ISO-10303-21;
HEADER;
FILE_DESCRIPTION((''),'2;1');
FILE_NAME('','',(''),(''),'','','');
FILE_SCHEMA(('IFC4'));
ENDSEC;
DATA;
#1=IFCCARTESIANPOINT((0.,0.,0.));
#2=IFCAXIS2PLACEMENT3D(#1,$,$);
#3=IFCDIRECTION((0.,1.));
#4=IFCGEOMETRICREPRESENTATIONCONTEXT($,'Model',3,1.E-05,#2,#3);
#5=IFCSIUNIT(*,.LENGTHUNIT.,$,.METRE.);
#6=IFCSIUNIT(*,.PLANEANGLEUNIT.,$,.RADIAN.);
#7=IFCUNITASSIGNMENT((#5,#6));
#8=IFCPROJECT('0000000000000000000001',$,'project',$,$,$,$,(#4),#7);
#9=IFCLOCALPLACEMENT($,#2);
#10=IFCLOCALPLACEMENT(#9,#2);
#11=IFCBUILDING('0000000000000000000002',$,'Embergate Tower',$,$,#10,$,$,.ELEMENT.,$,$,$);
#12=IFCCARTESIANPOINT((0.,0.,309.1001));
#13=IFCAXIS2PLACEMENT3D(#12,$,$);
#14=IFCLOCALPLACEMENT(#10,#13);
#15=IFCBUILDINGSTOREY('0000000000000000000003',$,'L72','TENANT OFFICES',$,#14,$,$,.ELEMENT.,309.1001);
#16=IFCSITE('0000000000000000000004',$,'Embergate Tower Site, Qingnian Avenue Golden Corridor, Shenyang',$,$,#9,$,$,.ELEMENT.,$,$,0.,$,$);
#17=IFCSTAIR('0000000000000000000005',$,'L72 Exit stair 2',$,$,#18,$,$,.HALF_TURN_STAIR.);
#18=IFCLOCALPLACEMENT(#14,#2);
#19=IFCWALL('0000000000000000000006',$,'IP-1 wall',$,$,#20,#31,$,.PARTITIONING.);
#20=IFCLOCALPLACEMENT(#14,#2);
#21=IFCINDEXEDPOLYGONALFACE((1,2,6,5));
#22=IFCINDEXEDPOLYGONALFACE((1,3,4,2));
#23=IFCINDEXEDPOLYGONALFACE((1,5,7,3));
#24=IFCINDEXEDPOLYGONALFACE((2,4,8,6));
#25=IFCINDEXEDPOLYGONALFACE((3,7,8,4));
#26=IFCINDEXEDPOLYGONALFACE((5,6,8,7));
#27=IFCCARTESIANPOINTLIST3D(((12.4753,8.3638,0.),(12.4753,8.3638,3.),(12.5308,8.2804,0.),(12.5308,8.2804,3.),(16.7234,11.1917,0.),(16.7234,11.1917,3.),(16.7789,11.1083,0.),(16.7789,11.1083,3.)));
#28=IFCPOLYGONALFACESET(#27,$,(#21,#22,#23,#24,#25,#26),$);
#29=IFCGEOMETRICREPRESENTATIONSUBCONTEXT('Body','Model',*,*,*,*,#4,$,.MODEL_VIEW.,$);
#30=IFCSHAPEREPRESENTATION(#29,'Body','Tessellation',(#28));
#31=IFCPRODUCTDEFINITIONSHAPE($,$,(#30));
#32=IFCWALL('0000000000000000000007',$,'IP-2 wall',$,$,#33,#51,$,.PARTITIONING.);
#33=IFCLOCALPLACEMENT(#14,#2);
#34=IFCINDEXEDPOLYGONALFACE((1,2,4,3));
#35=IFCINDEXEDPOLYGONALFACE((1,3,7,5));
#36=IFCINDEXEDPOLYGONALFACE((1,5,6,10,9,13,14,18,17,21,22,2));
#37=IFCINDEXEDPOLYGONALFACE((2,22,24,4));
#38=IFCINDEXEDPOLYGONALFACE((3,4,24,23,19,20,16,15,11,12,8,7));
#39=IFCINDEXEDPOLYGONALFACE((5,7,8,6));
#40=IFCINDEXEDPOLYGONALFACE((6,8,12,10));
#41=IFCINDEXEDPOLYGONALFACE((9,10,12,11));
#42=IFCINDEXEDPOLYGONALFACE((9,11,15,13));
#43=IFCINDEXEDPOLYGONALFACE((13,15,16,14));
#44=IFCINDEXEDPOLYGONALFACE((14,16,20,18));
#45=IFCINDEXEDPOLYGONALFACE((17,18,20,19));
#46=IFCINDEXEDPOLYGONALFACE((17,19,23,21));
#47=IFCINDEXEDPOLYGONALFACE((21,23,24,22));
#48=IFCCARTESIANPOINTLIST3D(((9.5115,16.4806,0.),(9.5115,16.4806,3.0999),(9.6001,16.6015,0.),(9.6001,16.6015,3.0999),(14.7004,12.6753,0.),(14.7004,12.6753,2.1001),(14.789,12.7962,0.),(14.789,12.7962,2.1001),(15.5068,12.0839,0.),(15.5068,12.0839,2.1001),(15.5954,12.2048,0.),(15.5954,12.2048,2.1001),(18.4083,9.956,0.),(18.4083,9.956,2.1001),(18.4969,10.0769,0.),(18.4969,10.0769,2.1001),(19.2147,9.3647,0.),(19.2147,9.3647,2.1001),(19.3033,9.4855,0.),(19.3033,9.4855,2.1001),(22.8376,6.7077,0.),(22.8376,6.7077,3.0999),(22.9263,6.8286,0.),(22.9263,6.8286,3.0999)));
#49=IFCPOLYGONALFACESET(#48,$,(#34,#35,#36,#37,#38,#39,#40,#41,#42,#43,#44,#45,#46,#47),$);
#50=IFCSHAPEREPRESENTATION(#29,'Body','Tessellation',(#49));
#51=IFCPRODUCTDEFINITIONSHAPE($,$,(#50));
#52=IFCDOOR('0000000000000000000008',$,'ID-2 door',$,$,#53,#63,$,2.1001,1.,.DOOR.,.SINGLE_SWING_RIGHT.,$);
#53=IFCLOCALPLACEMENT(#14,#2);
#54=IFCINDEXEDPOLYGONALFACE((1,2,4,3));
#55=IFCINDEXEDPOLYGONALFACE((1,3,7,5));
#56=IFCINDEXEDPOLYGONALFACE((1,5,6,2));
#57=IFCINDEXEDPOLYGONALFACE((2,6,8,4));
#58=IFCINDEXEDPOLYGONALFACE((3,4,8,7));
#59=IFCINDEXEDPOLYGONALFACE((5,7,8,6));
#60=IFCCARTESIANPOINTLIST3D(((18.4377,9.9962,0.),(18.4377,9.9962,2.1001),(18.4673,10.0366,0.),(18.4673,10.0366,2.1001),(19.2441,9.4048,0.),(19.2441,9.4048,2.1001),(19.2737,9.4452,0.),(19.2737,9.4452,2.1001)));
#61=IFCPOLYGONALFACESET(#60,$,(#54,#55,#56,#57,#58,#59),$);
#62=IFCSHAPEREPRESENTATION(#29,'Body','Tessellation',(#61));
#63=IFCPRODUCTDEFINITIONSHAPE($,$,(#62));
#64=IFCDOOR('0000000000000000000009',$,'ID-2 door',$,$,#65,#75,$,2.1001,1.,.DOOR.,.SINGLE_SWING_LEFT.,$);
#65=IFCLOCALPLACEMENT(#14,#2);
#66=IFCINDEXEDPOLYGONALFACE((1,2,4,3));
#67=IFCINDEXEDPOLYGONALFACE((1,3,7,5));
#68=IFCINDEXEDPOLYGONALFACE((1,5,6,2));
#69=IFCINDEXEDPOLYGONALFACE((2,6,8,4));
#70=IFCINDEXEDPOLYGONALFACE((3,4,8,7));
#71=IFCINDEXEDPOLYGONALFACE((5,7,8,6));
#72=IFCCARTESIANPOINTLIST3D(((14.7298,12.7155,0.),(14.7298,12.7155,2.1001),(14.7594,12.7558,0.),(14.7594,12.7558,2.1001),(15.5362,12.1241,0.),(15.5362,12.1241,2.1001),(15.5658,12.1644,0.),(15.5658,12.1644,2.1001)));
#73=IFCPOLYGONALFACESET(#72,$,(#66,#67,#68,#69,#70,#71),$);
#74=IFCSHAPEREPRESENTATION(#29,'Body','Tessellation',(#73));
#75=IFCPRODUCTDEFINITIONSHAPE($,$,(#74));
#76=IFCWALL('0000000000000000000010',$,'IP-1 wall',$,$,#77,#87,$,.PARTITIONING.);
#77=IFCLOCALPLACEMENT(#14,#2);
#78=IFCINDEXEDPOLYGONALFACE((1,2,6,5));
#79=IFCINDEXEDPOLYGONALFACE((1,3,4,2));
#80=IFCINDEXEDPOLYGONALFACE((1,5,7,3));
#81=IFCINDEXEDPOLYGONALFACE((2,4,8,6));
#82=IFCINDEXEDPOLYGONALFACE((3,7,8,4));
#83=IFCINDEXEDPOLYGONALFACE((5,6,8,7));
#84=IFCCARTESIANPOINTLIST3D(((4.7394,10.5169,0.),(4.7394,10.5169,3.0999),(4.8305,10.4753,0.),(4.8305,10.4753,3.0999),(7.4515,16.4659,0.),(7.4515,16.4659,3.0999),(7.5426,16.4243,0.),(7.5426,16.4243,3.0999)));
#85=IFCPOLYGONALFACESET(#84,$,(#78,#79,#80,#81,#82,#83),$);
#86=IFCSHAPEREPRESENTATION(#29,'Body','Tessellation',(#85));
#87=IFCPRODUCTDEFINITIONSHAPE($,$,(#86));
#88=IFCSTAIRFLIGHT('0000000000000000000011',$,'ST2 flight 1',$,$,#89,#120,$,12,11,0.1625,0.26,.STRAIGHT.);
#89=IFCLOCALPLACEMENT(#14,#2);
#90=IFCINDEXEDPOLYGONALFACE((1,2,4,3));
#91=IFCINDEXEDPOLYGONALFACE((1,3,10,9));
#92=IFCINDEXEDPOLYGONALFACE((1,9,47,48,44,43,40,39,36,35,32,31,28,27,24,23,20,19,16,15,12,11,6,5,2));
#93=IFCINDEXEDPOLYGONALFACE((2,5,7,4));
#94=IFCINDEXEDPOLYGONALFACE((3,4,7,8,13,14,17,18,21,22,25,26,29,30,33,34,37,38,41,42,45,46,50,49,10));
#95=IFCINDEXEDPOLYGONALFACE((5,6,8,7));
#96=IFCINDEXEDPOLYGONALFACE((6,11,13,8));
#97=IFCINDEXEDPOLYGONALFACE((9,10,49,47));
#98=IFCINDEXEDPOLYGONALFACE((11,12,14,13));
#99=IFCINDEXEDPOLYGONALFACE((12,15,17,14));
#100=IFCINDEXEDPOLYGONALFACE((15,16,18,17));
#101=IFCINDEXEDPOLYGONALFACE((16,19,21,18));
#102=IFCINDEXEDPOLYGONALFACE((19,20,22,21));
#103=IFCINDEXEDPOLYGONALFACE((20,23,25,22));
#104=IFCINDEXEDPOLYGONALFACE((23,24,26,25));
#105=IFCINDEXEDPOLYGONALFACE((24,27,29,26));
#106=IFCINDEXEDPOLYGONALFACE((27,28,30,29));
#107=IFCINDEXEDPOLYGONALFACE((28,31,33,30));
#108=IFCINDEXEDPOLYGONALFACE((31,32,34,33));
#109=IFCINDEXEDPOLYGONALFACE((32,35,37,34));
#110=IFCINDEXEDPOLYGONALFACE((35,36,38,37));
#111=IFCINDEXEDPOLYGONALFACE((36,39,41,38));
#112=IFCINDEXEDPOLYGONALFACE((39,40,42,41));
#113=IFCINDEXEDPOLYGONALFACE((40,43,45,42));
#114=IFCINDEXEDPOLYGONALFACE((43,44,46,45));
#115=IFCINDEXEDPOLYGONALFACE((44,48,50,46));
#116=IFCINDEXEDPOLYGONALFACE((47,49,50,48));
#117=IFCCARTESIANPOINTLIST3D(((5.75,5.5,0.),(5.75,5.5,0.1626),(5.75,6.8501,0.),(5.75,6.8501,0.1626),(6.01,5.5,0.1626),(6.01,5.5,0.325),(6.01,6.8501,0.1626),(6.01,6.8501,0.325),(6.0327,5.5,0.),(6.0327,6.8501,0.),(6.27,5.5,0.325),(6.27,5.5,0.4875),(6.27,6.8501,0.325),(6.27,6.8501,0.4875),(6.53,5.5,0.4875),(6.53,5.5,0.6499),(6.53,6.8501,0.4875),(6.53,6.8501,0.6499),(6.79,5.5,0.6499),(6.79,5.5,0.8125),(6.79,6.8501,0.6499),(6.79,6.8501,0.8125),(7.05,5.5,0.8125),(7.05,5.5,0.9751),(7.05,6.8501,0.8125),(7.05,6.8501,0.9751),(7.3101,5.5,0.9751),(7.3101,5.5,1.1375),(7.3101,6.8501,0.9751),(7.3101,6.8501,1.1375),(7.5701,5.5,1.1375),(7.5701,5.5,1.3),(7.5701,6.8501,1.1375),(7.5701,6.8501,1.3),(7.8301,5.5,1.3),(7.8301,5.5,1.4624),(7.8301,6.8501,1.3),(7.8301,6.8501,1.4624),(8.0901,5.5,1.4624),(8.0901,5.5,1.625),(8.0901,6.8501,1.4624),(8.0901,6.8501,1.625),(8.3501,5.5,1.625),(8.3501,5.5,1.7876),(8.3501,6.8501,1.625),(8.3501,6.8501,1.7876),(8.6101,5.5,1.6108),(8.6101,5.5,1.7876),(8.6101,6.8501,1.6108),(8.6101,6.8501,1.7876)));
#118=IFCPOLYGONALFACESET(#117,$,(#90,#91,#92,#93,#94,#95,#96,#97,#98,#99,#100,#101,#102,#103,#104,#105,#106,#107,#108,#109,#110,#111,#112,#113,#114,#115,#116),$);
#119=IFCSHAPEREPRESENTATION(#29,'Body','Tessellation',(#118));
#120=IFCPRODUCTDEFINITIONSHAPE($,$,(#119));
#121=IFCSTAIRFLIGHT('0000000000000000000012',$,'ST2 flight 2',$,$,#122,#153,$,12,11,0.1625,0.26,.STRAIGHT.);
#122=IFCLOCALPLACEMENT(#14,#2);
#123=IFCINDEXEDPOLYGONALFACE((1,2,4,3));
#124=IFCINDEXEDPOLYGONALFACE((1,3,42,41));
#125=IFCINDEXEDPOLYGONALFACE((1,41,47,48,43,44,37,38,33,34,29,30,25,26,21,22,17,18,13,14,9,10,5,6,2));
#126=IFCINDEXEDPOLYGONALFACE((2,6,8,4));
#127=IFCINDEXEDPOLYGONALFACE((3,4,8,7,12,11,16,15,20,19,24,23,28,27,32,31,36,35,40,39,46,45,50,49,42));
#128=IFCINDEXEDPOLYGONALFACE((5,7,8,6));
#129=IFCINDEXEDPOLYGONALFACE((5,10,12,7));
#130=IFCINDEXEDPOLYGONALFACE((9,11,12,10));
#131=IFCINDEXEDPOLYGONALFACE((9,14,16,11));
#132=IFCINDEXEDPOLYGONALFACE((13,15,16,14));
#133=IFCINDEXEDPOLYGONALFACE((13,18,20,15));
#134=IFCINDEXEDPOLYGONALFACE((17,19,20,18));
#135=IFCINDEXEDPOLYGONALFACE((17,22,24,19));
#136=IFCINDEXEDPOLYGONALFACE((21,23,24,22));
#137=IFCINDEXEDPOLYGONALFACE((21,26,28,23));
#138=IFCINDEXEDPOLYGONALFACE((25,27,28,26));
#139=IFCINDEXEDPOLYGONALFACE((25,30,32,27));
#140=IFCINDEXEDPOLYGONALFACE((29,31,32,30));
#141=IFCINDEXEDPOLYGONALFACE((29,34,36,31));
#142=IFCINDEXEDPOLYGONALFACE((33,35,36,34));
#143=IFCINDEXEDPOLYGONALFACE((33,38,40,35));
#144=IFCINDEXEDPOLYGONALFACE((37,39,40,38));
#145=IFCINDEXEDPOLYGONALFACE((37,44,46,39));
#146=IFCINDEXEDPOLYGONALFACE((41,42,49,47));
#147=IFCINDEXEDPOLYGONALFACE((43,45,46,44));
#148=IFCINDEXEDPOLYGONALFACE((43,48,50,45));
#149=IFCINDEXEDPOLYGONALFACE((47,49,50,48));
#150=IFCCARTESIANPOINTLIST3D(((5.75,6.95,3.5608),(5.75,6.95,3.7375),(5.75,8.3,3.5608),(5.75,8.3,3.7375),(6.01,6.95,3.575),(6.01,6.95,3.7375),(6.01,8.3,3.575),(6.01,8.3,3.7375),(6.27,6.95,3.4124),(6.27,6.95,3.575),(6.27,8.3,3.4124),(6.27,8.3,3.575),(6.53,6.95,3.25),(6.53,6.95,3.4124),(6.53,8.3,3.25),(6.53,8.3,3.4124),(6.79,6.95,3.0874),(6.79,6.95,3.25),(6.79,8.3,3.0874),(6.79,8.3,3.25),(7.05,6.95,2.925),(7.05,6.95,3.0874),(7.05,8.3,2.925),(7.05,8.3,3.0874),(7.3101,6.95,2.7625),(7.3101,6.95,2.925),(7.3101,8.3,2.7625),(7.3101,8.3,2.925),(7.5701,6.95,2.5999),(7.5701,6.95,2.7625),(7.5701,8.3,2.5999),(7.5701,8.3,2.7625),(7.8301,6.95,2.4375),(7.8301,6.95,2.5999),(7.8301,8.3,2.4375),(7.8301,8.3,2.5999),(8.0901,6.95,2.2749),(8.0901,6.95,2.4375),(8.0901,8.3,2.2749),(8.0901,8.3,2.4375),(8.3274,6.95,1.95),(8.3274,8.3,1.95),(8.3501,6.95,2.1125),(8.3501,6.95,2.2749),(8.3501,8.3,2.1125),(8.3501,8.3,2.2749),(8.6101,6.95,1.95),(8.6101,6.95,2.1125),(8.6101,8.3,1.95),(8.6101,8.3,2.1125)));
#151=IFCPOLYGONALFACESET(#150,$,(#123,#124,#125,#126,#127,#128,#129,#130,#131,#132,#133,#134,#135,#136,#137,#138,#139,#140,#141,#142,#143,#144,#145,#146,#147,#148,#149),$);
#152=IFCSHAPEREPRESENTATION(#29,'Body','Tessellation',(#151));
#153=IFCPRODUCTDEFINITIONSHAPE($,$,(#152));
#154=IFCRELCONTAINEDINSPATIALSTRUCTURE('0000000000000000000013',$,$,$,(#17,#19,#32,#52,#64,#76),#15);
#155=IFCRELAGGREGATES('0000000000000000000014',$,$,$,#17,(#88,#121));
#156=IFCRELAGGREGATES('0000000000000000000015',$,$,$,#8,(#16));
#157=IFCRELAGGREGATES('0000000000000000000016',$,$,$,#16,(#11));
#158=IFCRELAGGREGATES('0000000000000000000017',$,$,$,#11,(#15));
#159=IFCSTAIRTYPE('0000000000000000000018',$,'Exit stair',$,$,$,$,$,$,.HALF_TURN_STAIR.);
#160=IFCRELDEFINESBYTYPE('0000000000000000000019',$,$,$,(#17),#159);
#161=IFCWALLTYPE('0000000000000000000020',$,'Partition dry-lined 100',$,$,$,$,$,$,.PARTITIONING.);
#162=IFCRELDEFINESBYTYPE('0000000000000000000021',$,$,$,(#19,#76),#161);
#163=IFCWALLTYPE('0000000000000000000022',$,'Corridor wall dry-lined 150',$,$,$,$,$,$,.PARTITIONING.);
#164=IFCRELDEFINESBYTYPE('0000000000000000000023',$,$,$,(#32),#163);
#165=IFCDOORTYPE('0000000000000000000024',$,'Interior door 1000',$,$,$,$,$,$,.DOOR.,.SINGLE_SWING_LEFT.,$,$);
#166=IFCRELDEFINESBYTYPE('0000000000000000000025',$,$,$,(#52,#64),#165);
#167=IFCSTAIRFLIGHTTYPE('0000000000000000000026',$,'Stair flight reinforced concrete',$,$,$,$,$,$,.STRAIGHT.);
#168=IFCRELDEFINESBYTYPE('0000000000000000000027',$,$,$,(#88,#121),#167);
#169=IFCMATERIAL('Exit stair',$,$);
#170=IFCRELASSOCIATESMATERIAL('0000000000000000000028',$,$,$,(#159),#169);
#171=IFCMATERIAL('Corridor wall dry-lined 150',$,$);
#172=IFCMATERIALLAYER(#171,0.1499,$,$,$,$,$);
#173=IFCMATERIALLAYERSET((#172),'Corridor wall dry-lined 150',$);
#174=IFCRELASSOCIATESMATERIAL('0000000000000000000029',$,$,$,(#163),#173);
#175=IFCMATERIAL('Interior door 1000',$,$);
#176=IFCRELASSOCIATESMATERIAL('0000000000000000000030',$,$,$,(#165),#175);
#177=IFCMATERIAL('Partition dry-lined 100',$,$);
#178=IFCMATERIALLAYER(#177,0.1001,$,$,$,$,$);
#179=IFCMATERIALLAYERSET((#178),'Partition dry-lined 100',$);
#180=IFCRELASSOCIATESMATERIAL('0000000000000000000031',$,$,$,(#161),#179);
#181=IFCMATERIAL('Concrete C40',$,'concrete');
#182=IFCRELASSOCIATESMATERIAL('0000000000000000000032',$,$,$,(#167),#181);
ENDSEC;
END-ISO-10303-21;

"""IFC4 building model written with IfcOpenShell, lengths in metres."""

from ifc_helpers import new_model, si_unit, direction, frame, frame_2d, origin, place, context, subcontext, project, spatial, polyline, rectangle, outline, extrude, source, transform, mapped, material, layer, layer_set, type_object, element, fill, aggregate, save


model = new_model("IFC4")

# Units and contexts
model_context = context("Model", 3, precision=1e-05, world=origin(), true_north=direction((0.0, 1.0)))
body_context = subcontext(model_context, "Body", "Model", "MODEL_VIEW")
ifc_project = project(units=[si_unit("LENGTHUNIT", "METRE"), si_unit("PLANEANGLEUNIT", "RADIAN")], contexts=[model_context])

# Site, building, storey
site_placement = place(None, origin())
site = spatial("IfcSite", under=ifc_project, at=site_placement, Name="Embergate Tower Site, Qingnian Avenue Golden Corridor, Shenyang", CompositionType="ELEMENT", RefElevation=0.0)
building_placement = place(site_placement, origin())
building = spatial("IfcBuilding", under=site, at=building_placement, Name="Embergate Tower", CompositionType="ELEMENT")
storey_placement = place(building_placement, frame((0.0, 0.0, 309.1001)))
storey = spatial("IfcBuildingStorey", under=building, at=storey_placement, Name="L72", Description="TENANT OFFICES", CompositionType="ELEMENT", Elevation=309.1001)

# Stair
ifc_material_1 = material(Name="Exit stair")
stair_type = type_object("IfcStairType", Name="Exit stair", PredefinedType="HALF_TURN_STAIR", material=ifc_material_1)
stair_placement = place(storey_placement, origin())
stair = element("IfcStair", 1, at=stair_placement, inside=storey, type_object=stair_type, Name="L72 Exit stair 2", PredefinedType="HALF_TURN_STAIR")
ifc_material_2 = material(Name="Concrete C40", Category="concrete")

# Shared definitions
ifc_material_3 = material(Name="Corridor wall dry-lined 150")
ifc_layer_1 = layer(ifc_material_3, 0.1499)
ifc_layer_set_1 = layer_set([ifc_layer_1], Name="Corridor wall dry-lined 150")
wall_type_1 = type_object("IfcWallType", Name="Corridor wall dry-lined 150", PredefinedType="PARTITIONING", material=ifc_layer_set_1)

# Shared definitions
shared_shape_1 = source(origin(), body_context, "Body", "SweptSolid", [
    extrude(rectangle(XDim=1.0, YDim=2.1001, at=frame_2d((0.5, 1.05))), frame((0.0, 0.085, 0.0), z_axis=(0.0, -1.0, 0.0), x_axis=(1.0, 0.0, 0.0)), (0.0, 0.0, 1.0), 0.1699),
])
ifc_material_4 = material(Name="Interior door 1000")
door_type_1 = type_object("IfcDoorType", Name="Interior door 1000", OperationType="SINGLE_SWING_LEFT", PredefinedType="DOOR", material=ifc_material_4)
shared_shape_2 = source(origin(), body_context, "Body", "SweptSolid", [
    extrude(rectangle(XDim=1.0, YDim=2.1001, at=frame_2d((0.5, 1.05))), frame((0.0, 0.0249, 0.0), z_axis=(0.0, -1.0, 0.0), x_axis=(1.0, 0.0, 0.0)), (0.0, 0.0, 1.0), 0.05),
])

# Wall
ifc_material_5 = material(Name="Partition dry-lined 100")
ifc_layer_2 = layer(ifc_material_5, 0.1001)
ifc_layer_set_2 = layer_set([ifc_layer_2], Name="Partition dry-lined 100")
wall_type_2 = type_object("IfcWallType", Name="Partition dry-lined 100", PredefinedType="PARTITIONING", material=ifc_layer_set_2)
shared_shape_3 = source(origin(), body_context, "Body", "SweptSolid", [
    extrude(rectangle(XDim=5.1033, YDim=0.1001, at=frame_2d((2.5518, 0.0))), origin(), (0.0, 0.0, 1.0), 3.0),
])
wall_1_placement = place(storey_placement, frame((12.5029, 8.322, 0.0), z_axis=(0.0, 0.0, 1.0), x_axis=(0.832425, 0.554137, 0.0)))
element("IfcWall", 2, at=wall_1_placement, inside=storey, type_object=wall_type_2, Name="IP-1 wall", PredefinedType="PARTITIONING", context=body_context, shape_type="MappedRepresentation", body=[
    mapped(shared_shape_3, transform((0.0, 0.0, 0.0))),
])

# Wall, openings, doors
shared_shape_4 = source(origin(), body_context, "Body", "SweptSolid", [
    extrude(rectangle(XDim=16.5256, YDim=0.1499, at=frame_2d((8.2627, 0.0))), origin(), (0.0, 0.0, 1.0), 3.0999),
])
wall_2_placement = place(storey_placement, frame((9.5559, 16.541, 0.0), z_axis=(0.0, 0.0, 1.0), x_axis=(0.806393, -0.59138, 0.0)))
wall_2 = element("IfcWall", 3, at=wall_2_placement, inside=storey, type_object=wall_type_1, Name="IP-2 wall", PredefinedType="PARTITIONING", context=body_context, shape_type="MappedRepresentation", body=[
    mapped(shared_shape_4, transform((0.0, 0.0, 0.0))),
])
opening_1_placement = place(wall_2_placement, frame((11.0327, 0.0, 0.0)))
opening_1 = element("IfcOpeningElement", 4, at=opening_1_placement, cuts=wall_2, PredefinedType="OPENING", context=body_context, shape_type="MappedRepresentation", body=[
    mapped(shared_shape_1, transform((0.0, 0.0, 0.0))),
])
opening_2_placement = place(wall_2_placement, frame((6.4346, 0.0, 0.0)))
opening_2 = element("IfcOpeningElement", 5, at=opening_2_placement, cuts=wall_2, PredefinedType="OPENING", context=body_context, shape_type="MappedRepresentation", body=[
    mapped(shared_shape_1, transform((0.0, 0.0, 0.0))),
])
door_1_placement = place(opening_1_placement, origin())
door_1 = element("IfcDoor", 6, at=door_1_placement, inside=storey, type_object=door_type_1, Name="ID-2 door", OperationType="SINGLE_SWING_RIGHT", OverallHeight=2.1001, OverallWidth=1.0, PredefinedType="DOOR", context=body_context, shape_type="MappedRepresentation", body=[
    mapped(shared_shape_2, transform((0.0, 0.0, 0.0))),
])
fill(opening_1, door_1)
door_2_placement = place(opening_2_placement, origin())
door_2 = element("IfcDoor", 7, at=door_2_placement, inside=storey, type_object=door_type_1, Name="ID-2 door", OperationType="SINGLE_SWING_LEFT", OverallHeight=2.1001, OverallWidth=1.0, PredefinedType="DOOR", context=body_context, shape_type="MappedRepresentation", body=[
    mapped(shared_shape_2, transform((0.0, 0.0, 0.0))),
])
fill(opening_2, door_2)

# Wall
shared_shape_5 = source(origin(), body_context, "Body", "SweptSolid", [
    extrude(rectangle(XDim=6.5381, YDim=0.1001, at=frame_2d((3.269, 0.0))), origin(), (0.0, 0.0, 1.0), 3.0999),
])
wall_3_placement = place(storey_placement, frame((4.7849, 10.4961, 0.0), z_axis=(0.0, 0.0, 1.0), x_axis=(0.414827, 0.9099, 0.0)))
element("IfcWall", 8, at=wall_3_placement, inside=storey, type_object=wall_type_2, Name="IP-1 wall", PredefinedType="PARTITIONING", context=body_context, shape_type="MappedRepresentation", body=[
    mapped(shared_shape_5, transform((0.0, 0.0, 0.0))),
])

# Stair flights
stair_flight_type = type_object("IfcStairFlightType", Name="Stair flight reinforced concrete", PredefinedType="STRAIGHT", material=ifc_material_2)
shared_shape_6 = source(origin(), body_context, "Body", "SweptSolid", [
    extrude(outline(polyline([(0.0, 0.0), (0.0, 0.1626), (0.26, 0.1626), (0.26, 0.325), (0.52, 0.325), (0.52, 0.4875), (0.78, 0.4875), (0.78, 0.6499), (1.04, 0.6499), (1.04, 0.8125), (1.3, 0.8125), (1.3, 0.9751), (1.5601, 0.9751), (1.5601, 1.1375), (1.8201, 1.1375), (1.8201, 1.3), (2.0801, 1.3), (2.0801, 1.4624), (2.3401, 1.4624), (2.3401, 1.625), (2.6001, 1.625), (2.6001, 1.7876), (2.8601, 1.7876), (2.8601, 1.95), (2.8601, 1.6108), (0.2827, 0.0), (0.0, 0.0)])), frame((0.0, 0.675, 0.0), z_axis=(0.0, -1.0, 0.0), x_axis=(1.0, 0.0, 0.0)), (0.0, 0.0, 1.0), 1.3501),
])
stair_flight_1_placement = place(storey_placement, frame((5.75, 6.175, 0.0), z_axis=(0.0, 0.0, 1.0), x_axis=(1.0, 0.0, 0.0)))
stair_flight_1 = element("IfcStairFlight", 9, at=stair_flight_1_placement, type_object=stair_flight_type, Name="ST2 flight 1", NumberOfRisers=12, NumberOfTreads=11, PredefinedType="STRAIGHT", RiserHeight=0.1625, TreadLength=0.26, context=body_context, shape_type="MappedRepresentation", body=[
    mapped(shared_shape_6, transform((0.0, 0.0, 0.0))),
])
stair_flight_2_placement = place(storey_placement, frame((8.6101, 7.625, 1.95), z_axis=(0.0, 0.0, 1.0), x_axis=(-1.0, 0.0, 0.0)))
stair_flight_2 = element("IfcStairFlight", 10, at=stair_flight_2_placement, type_object=stair_flight_type, Name="ST2 flight 2", NumberOfRisers=12, NumberOfTreads=11, PredefinedType="STRAIGHT", RiserHeight=0.1625, TreadLength=0.26, context=body_context, shape_type="MappedRepresentation", body=[
    mapped(shared_shape_6, transform((0.0, 0.0, 0.0))),
])
aggregate(stair, [stair_flight_1, stair_flight_2])

save(model, "model.ifc")
